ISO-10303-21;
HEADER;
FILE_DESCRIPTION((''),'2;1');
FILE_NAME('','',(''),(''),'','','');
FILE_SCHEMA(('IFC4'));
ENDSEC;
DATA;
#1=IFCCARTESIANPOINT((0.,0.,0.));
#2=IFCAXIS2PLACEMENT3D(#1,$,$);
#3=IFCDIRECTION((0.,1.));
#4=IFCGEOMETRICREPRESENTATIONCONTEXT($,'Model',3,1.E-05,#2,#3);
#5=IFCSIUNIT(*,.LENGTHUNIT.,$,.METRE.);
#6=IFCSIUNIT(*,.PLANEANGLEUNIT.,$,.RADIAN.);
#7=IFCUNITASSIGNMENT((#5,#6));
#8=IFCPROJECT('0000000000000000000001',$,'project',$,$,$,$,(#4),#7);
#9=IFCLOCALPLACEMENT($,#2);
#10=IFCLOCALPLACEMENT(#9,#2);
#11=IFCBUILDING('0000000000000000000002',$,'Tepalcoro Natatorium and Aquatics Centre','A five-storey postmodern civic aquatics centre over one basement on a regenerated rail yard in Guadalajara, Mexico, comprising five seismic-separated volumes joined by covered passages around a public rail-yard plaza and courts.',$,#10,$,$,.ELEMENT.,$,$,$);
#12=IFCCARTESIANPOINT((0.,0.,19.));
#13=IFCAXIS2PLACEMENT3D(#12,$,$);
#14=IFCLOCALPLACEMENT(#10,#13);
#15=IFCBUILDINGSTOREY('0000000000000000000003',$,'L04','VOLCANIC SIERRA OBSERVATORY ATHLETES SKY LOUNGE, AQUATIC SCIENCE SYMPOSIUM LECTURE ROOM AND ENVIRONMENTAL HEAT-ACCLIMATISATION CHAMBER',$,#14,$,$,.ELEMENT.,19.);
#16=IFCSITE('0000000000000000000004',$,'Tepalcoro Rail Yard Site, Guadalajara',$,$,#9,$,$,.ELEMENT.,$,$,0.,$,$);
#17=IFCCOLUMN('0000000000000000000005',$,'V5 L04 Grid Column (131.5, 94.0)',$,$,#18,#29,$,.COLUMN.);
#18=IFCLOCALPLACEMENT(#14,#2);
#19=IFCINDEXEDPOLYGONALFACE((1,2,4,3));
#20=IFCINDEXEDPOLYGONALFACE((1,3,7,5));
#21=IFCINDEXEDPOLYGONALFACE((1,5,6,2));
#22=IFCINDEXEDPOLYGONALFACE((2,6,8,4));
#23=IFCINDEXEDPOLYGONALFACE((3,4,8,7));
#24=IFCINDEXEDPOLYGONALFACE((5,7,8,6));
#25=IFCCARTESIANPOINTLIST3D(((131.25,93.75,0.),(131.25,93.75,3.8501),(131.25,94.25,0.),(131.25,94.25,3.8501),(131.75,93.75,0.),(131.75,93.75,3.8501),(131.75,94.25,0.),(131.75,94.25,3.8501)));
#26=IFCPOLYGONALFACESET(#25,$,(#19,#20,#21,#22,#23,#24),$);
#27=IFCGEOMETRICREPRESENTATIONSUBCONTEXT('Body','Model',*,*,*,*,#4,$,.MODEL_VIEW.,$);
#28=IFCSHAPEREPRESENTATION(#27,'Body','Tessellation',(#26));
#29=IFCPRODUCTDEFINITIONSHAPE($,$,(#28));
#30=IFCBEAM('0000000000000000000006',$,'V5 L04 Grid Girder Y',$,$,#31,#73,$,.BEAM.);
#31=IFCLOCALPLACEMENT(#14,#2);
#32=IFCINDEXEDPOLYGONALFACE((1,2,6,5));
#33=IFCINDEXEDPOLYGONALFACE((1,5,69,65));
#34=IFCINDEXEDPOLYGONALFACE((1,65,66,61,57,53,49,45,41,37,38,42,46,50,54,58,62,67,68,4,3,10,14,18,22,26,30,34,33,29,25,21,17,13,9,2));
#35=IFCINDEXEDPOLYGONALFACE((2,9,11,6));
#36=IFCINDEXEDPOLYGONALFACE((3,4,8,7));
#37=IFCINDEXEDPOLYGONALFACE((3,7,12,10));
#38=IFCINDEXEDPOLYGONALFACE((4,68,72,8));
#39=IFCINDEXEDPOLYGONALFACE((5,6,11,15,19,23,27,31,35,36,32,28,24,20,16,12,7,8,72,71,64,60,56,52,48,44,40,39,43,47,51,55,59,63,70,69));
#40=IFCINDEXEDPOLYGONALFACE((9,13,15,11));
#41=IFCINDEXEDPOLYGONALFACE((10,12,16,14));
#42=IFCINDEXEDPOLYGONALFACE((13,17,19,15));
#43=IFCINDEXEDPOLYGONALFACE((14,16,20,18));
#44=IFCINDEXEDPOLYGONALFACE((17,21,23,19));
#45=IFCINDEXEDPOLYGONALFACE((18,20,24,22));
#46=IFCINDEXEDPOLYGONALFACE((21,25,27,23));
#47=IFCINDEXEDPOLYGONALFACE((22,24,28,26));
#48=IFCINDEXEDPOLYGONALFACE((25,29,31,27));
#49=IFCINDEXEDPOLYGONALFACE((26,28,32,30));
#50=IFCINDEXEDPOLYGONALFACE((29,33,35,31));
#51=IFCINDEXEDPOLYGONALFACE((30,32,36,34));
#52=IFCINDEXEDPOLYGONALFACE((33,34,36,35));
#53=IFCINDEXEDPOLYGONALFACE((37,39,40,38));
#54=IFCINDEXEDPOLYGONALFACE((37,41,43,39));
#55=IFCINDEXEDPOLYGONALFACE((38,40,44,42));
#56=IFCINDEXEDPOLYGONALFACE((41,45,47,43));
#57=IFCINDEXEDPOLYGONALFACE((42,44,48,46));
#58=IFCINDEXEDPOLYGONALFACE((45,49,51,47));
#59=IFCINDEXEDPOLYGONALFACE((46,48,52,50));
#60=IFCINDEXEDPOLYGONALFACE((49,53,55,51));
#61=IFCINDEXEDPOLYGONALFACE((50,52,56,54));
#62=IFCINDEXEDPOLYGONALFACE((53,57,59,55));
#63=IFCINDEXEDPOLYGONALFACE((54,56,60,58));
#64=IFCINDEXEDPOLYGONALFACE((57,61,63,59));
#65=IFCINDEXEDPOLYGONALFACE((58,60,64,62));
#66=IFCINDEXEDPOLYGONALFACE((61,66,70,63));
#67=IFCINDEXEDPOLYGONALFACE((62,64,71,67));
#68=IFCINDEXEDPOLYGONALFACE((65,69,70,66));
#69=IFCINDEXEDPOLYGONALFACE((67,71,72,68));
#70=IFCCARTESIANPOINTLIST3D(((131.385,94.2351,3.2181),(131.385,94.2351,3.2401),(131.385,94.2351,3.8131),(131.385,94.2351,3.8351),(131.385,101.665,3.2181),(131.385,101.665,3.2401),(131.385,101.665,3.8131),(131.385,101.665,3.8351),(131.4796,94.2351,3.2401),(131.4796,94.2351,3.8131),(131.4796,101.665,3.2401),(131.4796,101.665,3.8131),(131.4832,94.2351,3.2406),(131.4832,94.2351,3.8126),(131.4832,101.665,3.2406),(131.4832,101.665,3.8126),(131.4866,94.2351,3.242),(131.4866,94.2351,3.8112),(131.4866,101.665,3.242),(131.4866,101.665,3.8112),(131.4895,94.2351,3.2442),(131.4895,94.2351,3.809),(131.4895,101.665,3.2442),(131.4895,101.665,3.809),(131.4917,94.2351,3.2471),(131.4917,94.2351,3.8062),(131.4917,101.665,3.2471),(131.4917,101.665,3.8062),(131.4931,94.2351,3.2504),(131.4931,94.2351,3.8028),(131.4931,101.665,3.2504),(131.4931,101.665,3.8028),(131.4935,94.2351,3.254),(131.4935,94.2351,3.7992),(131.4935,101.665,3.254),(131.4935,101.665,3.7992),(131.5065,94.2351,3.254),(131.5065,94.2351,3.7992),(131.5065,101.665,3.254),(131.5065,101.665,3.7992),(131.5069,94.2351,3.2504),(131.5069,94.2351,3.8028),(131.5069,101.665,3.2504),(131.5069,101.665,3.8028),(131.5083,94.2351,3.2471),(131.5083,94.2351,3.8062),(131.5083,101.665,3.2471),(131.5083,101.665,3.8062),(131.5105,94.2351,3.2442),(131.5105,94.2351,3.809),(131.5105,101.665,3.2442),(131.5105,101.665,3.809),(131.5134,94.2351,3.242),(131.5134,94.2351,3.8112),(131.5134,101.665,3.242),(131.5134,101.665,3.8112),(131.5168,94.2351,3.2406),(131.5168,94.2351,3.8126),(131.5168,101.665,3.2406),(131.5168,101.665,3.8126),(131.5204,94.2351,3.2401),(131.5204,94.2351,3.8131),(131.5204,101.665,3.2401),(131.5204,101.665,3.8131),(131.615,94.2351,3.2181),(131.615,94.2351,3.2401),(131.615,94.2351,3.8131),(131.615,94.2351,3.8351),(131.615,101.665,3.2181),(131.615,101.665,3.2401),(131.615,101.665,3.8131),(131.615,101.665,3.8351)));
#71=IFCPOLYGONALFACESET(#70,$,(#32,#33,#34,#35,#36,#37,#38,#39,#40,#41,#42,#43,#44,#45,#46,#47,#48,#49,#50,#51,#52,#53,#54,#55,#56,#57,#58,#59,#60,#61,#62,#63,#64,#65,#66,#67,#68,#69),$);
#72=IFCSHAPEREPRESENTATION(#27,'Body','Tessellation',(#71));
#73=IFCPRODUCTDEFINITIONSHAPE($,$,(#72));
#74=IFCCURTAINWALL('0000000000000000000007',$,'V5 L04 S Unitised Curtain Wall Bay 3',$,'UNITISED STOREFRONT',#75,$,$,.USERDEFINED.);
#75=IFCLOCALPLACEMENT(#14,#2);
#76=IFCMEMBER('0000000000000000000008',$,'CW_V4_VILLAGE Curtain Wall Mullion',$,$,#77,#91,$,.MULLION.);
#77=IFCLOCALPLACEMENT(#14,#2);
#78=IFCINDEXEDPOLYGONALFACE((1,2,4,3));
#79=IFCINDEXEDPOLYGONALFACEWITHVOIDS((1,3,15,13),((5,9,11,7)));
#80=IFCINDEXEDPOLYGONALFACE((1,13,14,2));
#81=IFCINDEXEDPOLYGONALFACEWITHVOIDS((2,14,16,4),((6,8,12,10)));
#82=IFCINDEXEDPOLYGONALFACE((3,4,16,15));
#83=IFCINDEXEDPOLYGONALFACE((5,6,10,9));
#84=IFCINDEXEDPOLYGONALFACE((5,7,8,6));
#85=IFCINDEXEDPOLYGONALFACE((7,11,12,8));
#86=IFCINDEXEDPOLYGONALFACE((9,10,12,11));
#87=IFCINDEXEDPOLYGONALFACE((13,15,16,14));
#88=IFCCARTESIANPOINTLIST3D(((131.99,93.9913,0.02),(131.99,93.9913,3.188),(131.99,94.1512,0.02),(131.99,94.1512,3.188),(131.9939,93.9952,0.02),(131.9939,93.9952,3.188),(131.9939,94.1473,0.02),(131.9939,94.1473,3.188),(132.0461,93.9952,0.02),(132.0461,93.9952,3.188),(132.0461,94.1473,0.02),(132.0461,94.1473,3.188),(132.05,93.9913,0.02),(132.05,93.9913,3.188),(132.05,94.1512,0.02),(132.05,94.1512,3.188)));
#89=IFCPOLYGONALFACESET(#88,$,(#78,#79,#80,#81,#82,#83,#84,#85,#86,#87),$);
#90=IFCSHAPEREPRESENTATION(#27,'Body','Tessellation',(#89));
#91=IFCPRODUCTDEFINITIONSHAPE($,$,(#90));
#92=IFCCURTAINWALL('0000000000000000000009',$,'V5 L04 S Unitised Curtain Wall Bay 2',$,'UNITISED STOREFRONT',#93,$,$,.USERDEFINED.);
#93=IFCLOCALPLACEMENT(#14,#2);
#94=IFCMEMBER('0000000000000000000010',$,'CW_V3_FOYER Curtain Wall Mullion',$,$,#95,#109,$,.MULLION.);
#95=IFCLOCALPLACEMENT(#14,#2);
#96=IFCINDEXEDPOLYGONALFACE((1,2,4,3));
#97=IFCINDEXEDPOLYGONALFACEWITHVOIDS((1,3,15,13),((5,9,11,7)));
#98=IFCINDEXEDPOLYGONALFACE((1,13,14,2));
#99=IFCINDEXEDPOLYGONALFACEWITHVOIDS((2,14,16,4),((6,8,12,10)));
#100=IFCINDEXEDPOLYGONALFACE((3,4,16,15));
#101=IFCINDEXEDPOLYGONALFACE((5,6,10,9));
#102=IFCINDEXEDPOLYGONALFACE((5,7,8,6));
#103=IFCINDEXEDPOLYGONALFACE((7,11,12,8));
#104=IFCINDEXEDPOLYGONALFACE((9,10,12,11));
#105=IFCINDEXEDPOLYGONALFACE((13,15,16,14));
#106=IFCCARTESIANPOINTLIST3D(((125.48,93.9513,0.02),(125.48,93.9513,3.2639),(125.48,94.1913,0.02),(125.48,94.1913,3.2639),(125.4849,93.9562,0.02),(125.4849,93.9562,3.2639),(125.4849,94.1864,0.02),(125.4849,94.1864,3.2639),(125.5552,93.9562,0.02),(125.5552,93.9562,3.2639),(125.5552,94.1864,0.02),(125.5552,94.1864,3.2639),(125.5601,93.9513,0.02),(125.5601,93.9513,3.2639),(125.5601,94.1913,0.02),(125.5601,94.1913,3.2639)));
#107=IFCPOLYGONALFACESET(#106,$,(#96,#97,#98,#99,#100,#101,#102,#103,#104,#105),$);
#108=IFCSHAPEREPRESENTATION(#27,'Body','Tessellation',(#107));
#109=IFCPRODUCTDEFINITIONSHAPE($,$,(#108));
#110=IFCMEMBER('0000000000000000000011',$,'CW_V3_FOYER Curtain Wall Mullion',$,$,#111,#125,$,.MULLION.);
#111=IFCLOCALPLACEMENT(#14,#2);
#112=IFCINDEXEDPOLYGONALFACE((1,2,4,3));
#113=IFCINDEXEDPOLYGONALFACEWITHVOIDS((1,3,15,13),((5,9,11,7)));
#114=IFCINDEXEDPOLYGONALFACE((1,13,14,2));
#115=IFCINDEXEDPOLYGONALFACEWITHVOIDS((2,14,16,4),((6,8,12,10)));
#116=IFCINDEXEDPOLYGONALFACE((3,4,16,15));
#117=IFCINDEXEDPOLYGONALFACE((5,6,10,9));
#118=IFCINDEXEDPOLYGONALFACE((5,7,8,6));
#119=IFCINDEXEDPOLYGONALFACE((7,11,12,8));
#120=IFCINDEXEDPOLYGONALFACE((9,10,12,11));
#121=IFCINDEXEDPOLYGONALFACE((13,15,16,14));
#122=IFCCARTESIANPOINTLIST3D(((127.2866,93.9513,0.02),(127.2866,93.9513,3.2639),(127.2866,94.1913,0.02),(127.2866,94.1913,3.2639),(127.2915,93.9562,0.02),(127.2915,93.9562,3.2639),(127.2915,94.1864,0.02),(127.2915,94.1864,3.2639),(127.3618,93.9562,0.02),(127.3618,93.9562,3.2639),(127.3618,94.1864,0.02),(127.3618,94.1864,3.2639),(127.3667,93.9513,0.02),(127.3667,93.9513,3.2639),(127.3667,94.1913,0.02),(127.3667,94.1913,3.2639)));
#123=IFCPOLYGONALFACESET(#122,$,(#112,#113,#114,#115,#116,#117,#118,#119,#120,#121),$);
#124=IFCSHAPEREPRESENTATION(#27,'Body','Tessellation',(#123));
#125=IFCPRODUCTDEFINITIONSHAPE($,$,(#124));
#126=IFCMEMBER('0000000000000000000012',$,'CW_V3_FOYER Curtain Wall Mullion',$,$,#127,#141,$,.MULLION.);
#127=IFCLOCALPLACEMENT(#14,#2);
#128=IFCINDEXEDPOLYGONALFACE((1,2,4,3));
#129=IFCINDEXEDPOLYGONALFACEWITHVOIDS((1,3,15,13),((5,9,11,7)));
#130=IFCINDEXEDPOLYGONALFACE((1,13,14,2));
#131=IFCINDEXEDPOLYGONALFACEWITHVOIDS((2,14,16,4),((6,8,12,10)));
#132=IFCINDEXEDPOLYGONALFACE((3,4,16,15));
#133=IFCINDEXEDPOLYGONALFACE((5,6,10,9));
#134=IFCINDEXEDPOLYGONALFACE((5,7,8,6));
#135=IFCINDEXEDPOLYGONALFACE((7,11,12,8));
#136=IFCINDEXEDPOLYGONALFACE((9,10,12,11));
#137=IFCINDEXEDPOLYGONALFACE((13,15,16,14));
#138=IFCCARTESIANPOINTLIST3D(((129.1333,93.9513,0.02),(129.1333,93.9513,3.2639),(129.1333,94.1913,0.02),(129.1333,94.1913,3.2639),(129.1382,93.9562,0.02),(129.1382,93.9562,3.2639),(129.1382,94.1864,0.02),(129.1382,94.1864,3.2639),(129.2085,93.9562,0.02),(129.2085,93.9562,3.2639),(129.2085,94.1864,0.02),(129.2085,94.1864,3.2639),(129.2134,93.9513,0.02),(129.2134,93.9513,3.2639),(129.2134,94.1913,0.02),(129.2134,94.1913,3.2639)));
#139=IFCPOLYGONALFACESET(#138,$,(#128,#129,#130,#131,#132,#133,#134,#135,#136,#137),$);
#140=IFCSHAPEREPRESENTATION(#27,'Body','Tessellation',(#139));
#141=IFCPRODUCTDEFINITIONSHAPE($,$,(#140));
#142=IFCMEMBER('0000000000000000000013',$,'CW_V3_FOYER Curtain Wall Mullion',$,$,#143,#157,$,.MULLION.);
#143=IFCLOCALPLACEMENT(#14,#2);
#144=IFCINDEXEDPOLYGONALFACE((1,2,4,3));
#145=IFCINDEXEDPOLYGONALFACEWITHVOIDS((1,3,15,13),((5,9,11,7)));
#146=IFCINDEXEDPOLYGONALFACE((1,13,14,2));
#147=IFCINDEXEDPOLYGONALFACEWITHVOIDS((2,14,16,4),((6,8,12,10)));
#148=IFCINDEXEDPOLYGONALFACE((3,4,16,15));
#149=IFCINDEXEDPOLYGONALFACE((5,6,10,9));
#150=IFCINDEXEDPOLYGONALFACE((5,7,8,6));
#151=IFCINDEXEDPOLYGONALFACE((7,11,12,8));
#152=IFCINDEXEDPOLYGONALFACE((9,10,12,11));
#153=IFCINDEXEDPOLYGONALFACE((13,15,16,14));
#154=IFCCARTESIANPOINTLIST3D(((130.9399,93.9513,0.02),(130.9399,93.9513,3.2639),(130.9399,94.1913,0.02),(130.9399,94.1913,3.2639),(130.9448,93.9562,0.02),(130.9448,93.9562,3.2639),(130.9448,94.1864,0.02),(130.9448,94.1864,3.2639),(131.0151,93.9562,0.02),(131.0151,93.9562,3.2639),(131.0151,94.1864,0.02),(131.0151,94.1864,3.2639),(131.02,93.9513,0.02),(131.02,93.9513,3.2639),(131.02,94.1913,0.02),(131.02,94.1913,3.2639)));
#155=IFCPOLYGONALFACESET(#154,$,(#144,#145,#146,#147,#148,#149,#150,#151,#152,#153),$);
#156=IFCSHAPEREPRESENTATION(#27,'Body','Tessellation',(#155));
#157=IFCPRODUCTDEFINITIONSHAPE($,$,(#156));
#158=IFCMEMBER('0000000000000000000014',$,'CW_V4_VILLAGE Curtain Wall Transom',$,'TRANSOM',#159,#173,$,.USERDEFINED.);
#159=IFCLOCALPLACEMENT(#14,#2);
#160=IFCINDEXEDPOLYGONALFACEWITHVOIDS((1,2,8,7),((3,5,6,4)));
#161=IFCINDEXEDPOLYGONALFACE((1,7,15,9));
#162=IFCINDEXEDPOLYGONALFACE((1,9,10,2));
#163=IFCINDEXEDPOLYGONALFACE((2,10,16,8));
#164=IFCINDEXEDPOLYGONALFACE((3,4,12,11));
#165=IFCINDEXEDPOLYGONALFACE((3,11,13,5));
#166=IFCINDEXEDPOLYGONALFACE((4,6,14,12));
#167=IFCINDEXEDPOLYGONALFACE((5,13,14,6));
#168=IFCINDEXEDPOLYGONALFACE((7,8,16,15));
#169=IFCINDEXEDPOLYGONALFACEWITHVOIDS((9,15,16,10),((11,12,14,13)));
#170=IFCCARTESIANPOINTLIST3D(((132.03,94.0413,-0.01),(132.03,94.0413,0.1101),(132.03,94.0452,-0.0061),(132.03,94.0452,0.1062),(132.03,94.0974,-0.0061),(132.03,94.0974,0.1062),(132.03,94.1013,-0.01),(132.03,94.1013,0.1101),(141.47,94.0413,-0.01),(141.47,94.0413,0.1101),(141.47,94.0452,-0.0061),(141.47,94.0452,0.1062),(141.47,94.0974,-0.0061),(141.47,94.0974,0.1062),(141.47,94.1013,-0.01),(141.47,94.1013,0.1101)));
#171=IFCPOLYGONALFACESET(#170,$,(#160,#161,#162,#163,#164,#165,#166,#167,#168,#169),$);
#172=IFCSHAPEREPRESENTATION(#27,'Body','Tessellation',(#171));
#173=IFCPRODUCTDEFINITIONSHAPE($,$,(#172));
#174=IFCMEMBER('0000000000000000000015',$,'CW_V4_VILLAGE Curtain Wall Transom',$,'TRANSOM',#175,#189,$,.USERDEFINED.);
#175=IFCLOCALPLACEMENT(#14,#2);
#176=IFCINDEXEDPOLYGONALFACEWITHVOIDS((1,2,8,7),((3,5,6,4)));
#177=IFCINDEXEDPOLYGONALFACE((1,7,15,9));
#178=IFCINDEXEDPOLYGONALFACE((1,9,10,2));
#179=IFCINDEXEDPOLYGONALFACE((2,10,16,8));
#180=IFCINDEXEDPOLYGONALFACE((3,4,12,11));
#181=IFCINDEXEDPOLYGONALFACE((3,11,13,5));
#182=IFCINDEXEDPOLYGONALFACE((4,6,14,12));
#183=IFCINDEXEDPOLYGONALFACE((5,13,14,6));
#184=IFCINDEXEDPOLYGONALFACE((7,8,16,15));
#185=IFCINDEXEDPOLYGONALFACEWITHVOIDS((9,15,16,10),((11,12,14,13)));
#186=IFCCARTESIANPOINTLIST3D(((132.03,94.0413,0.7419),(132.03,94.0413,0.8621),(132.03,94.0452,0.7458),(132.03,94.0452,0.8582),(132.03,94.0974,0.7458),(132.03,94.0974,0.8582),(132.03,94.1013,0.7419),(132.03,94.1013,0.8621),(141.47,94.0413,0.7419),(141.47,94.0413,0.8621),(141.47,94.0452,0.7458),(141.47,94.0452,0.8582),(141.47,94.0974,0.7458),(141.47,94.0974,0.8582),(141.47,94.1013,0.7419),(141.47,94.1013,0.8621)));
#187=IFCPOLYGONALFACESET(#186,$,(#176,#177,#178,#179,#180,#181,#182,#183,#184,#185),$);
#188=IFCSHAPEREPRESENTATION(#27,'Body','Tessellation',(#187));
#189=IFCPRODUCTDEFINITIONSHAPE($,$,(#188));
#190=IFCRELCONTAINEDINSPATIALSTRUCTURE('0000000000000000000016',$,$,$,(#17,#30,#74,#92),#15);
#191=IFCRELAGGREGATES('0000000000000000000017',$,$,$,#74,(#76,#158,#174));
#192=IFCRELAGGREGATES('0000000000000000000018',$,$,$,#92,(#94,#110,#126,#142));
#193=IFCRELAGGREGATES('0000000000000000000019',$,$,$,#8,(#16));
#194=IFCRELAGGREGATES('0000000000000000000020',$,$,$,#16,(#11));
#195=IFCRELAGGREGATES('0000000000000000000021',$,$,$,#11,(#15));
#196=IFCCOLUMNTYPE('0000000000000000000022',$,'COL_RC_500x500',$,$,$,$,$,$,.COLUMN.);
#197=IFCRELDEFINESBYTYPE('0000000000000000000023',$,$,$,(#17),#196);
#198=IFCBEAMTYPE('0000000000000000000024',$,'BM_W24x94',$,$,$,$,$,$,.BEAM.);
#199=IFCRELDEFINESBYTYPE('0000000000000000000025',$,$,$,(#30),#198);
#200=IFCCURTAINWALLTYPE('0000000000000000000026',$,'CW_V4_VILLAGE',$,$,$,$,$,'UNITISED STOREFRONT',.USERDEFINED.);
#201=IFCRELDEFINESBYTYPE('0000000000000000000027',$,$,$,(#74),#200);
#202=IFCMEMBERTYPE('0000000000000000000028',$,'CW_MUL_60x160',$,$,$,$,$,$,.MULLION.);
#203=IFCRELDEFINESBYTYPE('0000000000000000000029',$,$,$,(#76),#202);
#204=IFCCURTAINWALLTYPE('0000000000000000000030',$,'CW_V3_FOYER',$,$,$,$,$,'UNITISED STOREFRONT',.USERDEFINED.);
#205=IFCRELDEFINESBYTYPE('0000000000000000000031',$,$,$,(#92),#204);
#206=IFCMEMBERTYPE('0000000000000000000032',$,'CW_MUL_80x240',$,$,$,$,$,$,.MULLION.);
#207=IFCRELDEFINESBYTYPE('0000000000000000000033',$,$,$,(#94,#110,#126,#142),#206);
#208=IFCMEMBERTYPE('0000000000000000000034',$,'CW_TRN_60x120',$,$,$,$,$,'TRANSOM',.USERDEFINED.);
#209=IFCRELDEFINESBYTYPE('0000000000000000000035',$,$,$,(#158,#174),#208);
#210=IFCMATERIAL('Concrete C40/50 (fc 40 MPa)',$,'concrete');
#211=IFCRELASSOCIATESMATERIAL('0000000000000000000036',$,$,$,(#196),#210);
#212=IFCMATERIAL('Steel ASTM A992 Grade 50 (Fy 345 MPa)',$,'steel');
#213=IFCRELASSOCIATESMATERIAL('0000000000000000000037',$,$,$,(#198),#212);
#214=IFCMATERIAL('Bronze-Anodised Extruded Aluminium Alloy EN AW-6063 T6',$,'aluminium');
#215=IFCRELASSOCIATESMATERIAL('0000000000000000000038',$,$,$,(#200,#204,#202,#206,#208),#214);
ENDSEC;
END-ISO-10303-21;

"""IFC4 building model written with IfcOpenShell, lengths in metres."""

from ifc_helpers import new_model, si_unit, direction, frame, origin, origin_2d, place, context, subcontext, project, spatial, rectangle, hollow_rectangle, i_section, extrude, material, material_profile, profile_set, type_object, element, aggregate, save


model = new_model("IFC4")

# Units and contexts
model_context = context("Model", 3, precision=1e-05, world=origin(), true_north=direction((0.0, 1.0)))
body_context = subcontext(model_context, "Body", "Model", "MODEL_VIEW")
ifc_project = project(units=[si_unit("LENGTHUNIT", "METRE"), si_unit("PLANEANGLEUNIT", "RADIAN")], contexts=[model_context])

# Site, building, storey
site_placement = place(None, origin())
site = spatial("IfcSite", under=ifc_project, at=site_placement, Name="Tepalcoro Rail Yard Site, Guadalajara", CompositionType="ELEMENT", RefElevation=0.0)
building_placement = place(site_placement, origin())
building = spatial("IfcBuilding", under=site, at=building_placement, Name="Tepalcoro Natatorium and Aquatics Centre", Description="A five-storey postmodern civic aquatics centre over one basement on a regenerated rail yard in Guadalajara, Mexico, comprising five seismic-separated volumes joined by covered passages around a public rail-yard plaza and courts.", CompositionType="ELEMENT")
storey_placement = place(building_placement, frame((0.0, 0.0, 19.0)))
storey = spatial("IfcBuildingStorey", under=building, at=storey_placement, Name="L04", Description="VOLCANIC SIERRA OBSERVATORY ATHLETES SKY LOUNGE, AQUATIC SCIENCE SYMPOSIUM LECTURE ROOM AND ENVIRONMENTAL HEAT-ACCLIMATISATION CHAMBER", CompositionType="ELEMENT", Elevation=19.0)

# Column
ifc_material_1 = material(Name="Concrete C40/50 (fc 40 MPa)", Category="concrete")
ifc_material_profile_1 = material_profile(ifc_material_1, rectangle(XDim=0.5, YDim=0.5, at=origin_2d()), Name="RC500x500")
ifc_profile_set_1 = profile_set([ifc_material_profile_1], Name="Concrete C40/50 (fc 40 MPa)")
column_type = type_object("IfcColumnType", Name="COL_RC_500x500", PredefinedType="COLUMN", material=ifc_profile_set_1)
column_placement = place(storey_placement, frame((131.5, 94.0, 0.0), z_axis=(0.0, 0.0, 1.0), x_axis=(1.0, 0.0, 0.0)))
element("IfcColumn", 1, at=column_placement, inside=storey, type_object=column_type, Name="V5 L04 Grid Column (131.5, 94.0)", PredefinedType="COLUMN", context=body_context, shape_type="SweptSolid", body=[
    extrude(rectangle(XDim=0.5, YDim=0.5, at=origin_2d()), origin(), (0.0, 0.0, 1.0), 3.8501),
])

# Beam
ifc_material_2 = material(Name="Steel ASTM A992 Grade 50 (Fy 345 MPa)", Category="steel")
ifc_material_profile_2 = material_profile(ifc_material_2, i_section(OverallWidth=0.23, OverallDepth=0.6169, WebThickness=0.0129, FlangeThickness=0.022, FilletRadius=0.0139, at=origin_2d()), Name="W24X94")
ifc_profile_set_2 = profile_set([ifc_material_profile_2], Name="Steel ASTM A992 Grade 50 (Fy 345 MPa)")
beam_type_1 = type_object("IfcBeamType", Name="BM_W24x94", PredefinedType="BEAM", material=ifc_profile_set_2)
beam_1_placement = place(storey_placement, frame((131.5, 94.2351, 3.5266), z_axis=(0.0, 1.0, 0.0), x_axis=(-1.0, 0.0, 0.0)))
element("IfcBeam", 2, at=beam_1_placement, inside=storey, type_object=beam_type_1, Name="V5 L04 Grid Girder Y", PredefinedType="BEAM", context=body_context, shape_type="SweptSolid", body=[
    extrude(i_section(OverallWidth=0.23, OverallDepth=0.6169, WebThickness=0.0129, FlangeThickness=0.022, FilletRadius=0.0139, at=origin_2d()), origin(), (0.0, 0.0, 1.0), 7.4299),
])

# Curtain wall, member
ifc_material_3 = material(Name="Bronze-Anodised Extruded Aluminium Alloy EN AW-6063 T6", Category="aluminium")
curtain_wall_type_1 = type_object("IfcCurtainWallType", Name="CW_V4_VILLAGE", ElementType="UNITISED STOREFRONT", PredefinedType="USERDEFINED", material=ifc_material_3)
curtain_wall_1_placement = place(storey_placement, origin())
curtain_wall_1 = element("IfcCurtainWall", 3, at=curtain_wall_1_placement, inside=storey, type_object=curtain_wall_type_1, Name="V5 L04 S Unitised Curtain Wall Bay 3", ObjectType="UNITISED STOREFRONT", PredefinedType="USERDEFINED")
ifc_material_profile_3 = material_profile(ifc_material_3, hollow_rectangle(XDim=0.0601, YDim=0.1599, WallThickness=0.0039, at=origin_2d()), Name="AL60X160X4")
ifc_profile_set_3 = profile_set([ifc_material_profile_3], Name="Bronze-Anodised Extruded Aluminium Alloy EN AW-6063 T6")
member_type_1 = type_object("IfcMemberType", Name="CW_MUL_60x160", PredefinedType="MULLION", material=ifc_profile_set_3)
member_1_placement = place(storey_placement, frame((132.02, 94.0713, 0.02), z_axis=(0.0, 0.0, 1.0), x_axis=(1.0, 0.0, 0.0)))
member_1 = element("IfcMember", 4, at=member_1_placement, type_object=member_type_1, Name="CW_V4_VILLAGE Curtain Wall Mullion", PredefinedType="MULLION", context=body_context, shape_type="SweptSolid", body=[
    extrude(hollow_rectangle(XDim=0.0601, YDim=0.1599, WallThickness=0.0039, at=origin_2d()), origin(), (0.0, 0.0, 1.0), 3.168),
])

# Curtain wall, members
curtain_wall_type_2 = type_object("IfcCurtainWallType", Name="CW_V3_FOYER", ElementType="UNITISED STOREFRONT", PredefinedType="USERDEFINED", material=ifc_material_3)
curtain_wall_2_placement = place(storey_placement, origin())
curtain_wall_2 = element("IfcCurtainWall", 5, at=curtain_wall_2_placement, inside=storey, type_object=curtain_wall_type_2, Name="V5 L04 S Unitised Curtain Wall Bay 2", ObjectType="UNITISED STOREFRONT", PredefinedType="USERDEFINED")
ifc_material_profile_4 = material_profile(ifc_material_3, hollow_rectangle(XDim=0.0801, YDim=0.24, WallThickness=0.0049, at=origin_2d()), Name="AL80X240X5")
ifc_profile_set_4 = profile_set([ifc_material_profile_4], Name="Bronze-Anodised Extruded Aluminium Alloy EN AW-6063 T6")
member_type_2 = type_object("IfcMemberType", Name="CW_MUL_80x240", PredefinedType="MULLION", material=ifc_profile_set_4)
member_2_placement = place(storey_placement, frame((125.52, 94.0713, 0.02), z_axis=(0.0, 0.0, 1.0), x_axis=(1.0, 0.0, 0.0)))
member_2 = element("IfcMember", 6, at=member_2_placement, type_object=member_type_2, Name="CW_V3_FOYER Curtain Wall Mullion", PredefinedType="MULLION", context=body_context, shape_type="SweptSolid", body=[
    extrude(hollow_rectangle(XDim=0.0801, YDim=0.24, WallThickness=0.0049, at=origin_2d()), origin(), (0.0, 0.0, 1.0), 3.2439),
])
member_3_placement = place(storey_placement, frame((127.3267, 94.0713, 0.02), z_axis=(0.0, 0.0, 1.0), x_axis=(1.0, 0.0, 0.0)))
member_3 = element("IfcMember", 7, at=member_3_placement, type_object=member_type_2, Name="CW_V3_FOYER Curtain Wall Mullion", PredefinedType="MULLION", context=body_context, shape_type="SweptSolid", body=[
    extrude(hollow_rectangle(XDim=0.0801, YDim=0.24, WallThickness=0.0049, at=origin_2d()), origin(), (0.0, 0.0, 1.0), 3.2439),
])
member_4_placement = place(storey_placement, frame((129.1733, 94.0713, 0.02), z_axis=(0.0, 0.0, 1.0), x_axis=(1.0, 0.0, 0.0)))
member_4 = element("IfcMember", 8, at=member_4_placement, type_object=member_type_2, Name="CW_V3_FOYER Curtain Wall Mullion", PredefinedType="MULLION", context=body_context, shape_type="SweptSolid", body=[
    extrude(hollow_rectangle(XDim=0.0801, YDim=0.24, WallThickness=0.0049, at=origin_2d()), origin(), (0.0, 0.0, 1.0), 3.2439),
])
member_5_placement = place(storey_placement, frame((130.98, 94.0713, 0.02), z_axis=(0.0, 0.0, 1.0), x_axis=(1.0, 0.0, 0.0)))
member_5 = element("IfcMember", 9, at=member_5_placement, type_object=member_type_2, Name="CW_V3_FOYER Curtain Wall Mullion", PredefinedType="MULLION", context=body_context, shape_type="SweptSolid", body=[
    extrude(hollow_rectangle(XDim=0.0801, YDim=0.24, WallThickness=0.0049, at=origin_2d()), origin(), (0.0, 0.0, 1.0), 3.2439),
])

# Members
ifc_material_profile_5 = material_profile(ifc_material_3, hollow_rectangle(XDim=0.0601, YDim=0.1201, WallThickness=0.0039, at=origin_2d()), Name="AL60X120X4")
ifc_profile_set_5 = profile_set([ifc_material_profile_5], Name="Bronze-Anodised Extruded Aluminium Alloy EN AW-6063 T6")
member_type_3 = type_object("IfcMemberType", Name="CW_TRN_60x120", ElementType="TRANSOM", PredefinedType="USERDEFINED", material=ifc_profile_set_5)
member_6_placement = place(storey_placement, frame((132.03, 94.0713, 0.05), z_axis=(1.0, 0.0, 0.0), x_axis=(0.0, 1.0, 0.0)))
member_6 = element("IfcMember", 10, at=member_6_placement, type_object=member_type_3, Name="CW_V4_VILLAGE Curtain Wall Transom", ObjectType="TRANSOM", PredefinedType="USERDEFINED", context=body_context, shape_type="SweptSolid", body=[
    extrude(hollow_rectangle(XDim=0.0601, YDim=0.1201, WallThickness=0.0039, at=origin_2d()), origin(), (0.0, 0.0, 1.0), 9.4399),
])
member_7_placement = place(storey_placement, frame((132.03, 94.0713, 0.802), z_axis=(1.0, 0.0, 0.0), x_axis=(0.0, 1.0, 0.0)))
member_7 = element("IfcMember", 11, at=member_7_placement, type_object=member_type_3, Name="CW_V4_VILLAGE Curtain Wall Transom", ObjectType="TRANSOM", PredefinedType="USERDEFINED", context=body_context, shape_type="SweptSolid", body=[
    extrude(hollow_rectangle(XDim=0.0601, YDim=0.1201, WallThickness=0.0039, at=origin_2d()), origin(), (0.0, 0.0, 1.0), 9.4399),
])

aggregate(curtain_wall_1, [member_1, member_6, member_7])
aggregate(curtain_wall_2, [member_2, member_3, member_4, member_5])

save(model, "model.ifc")
